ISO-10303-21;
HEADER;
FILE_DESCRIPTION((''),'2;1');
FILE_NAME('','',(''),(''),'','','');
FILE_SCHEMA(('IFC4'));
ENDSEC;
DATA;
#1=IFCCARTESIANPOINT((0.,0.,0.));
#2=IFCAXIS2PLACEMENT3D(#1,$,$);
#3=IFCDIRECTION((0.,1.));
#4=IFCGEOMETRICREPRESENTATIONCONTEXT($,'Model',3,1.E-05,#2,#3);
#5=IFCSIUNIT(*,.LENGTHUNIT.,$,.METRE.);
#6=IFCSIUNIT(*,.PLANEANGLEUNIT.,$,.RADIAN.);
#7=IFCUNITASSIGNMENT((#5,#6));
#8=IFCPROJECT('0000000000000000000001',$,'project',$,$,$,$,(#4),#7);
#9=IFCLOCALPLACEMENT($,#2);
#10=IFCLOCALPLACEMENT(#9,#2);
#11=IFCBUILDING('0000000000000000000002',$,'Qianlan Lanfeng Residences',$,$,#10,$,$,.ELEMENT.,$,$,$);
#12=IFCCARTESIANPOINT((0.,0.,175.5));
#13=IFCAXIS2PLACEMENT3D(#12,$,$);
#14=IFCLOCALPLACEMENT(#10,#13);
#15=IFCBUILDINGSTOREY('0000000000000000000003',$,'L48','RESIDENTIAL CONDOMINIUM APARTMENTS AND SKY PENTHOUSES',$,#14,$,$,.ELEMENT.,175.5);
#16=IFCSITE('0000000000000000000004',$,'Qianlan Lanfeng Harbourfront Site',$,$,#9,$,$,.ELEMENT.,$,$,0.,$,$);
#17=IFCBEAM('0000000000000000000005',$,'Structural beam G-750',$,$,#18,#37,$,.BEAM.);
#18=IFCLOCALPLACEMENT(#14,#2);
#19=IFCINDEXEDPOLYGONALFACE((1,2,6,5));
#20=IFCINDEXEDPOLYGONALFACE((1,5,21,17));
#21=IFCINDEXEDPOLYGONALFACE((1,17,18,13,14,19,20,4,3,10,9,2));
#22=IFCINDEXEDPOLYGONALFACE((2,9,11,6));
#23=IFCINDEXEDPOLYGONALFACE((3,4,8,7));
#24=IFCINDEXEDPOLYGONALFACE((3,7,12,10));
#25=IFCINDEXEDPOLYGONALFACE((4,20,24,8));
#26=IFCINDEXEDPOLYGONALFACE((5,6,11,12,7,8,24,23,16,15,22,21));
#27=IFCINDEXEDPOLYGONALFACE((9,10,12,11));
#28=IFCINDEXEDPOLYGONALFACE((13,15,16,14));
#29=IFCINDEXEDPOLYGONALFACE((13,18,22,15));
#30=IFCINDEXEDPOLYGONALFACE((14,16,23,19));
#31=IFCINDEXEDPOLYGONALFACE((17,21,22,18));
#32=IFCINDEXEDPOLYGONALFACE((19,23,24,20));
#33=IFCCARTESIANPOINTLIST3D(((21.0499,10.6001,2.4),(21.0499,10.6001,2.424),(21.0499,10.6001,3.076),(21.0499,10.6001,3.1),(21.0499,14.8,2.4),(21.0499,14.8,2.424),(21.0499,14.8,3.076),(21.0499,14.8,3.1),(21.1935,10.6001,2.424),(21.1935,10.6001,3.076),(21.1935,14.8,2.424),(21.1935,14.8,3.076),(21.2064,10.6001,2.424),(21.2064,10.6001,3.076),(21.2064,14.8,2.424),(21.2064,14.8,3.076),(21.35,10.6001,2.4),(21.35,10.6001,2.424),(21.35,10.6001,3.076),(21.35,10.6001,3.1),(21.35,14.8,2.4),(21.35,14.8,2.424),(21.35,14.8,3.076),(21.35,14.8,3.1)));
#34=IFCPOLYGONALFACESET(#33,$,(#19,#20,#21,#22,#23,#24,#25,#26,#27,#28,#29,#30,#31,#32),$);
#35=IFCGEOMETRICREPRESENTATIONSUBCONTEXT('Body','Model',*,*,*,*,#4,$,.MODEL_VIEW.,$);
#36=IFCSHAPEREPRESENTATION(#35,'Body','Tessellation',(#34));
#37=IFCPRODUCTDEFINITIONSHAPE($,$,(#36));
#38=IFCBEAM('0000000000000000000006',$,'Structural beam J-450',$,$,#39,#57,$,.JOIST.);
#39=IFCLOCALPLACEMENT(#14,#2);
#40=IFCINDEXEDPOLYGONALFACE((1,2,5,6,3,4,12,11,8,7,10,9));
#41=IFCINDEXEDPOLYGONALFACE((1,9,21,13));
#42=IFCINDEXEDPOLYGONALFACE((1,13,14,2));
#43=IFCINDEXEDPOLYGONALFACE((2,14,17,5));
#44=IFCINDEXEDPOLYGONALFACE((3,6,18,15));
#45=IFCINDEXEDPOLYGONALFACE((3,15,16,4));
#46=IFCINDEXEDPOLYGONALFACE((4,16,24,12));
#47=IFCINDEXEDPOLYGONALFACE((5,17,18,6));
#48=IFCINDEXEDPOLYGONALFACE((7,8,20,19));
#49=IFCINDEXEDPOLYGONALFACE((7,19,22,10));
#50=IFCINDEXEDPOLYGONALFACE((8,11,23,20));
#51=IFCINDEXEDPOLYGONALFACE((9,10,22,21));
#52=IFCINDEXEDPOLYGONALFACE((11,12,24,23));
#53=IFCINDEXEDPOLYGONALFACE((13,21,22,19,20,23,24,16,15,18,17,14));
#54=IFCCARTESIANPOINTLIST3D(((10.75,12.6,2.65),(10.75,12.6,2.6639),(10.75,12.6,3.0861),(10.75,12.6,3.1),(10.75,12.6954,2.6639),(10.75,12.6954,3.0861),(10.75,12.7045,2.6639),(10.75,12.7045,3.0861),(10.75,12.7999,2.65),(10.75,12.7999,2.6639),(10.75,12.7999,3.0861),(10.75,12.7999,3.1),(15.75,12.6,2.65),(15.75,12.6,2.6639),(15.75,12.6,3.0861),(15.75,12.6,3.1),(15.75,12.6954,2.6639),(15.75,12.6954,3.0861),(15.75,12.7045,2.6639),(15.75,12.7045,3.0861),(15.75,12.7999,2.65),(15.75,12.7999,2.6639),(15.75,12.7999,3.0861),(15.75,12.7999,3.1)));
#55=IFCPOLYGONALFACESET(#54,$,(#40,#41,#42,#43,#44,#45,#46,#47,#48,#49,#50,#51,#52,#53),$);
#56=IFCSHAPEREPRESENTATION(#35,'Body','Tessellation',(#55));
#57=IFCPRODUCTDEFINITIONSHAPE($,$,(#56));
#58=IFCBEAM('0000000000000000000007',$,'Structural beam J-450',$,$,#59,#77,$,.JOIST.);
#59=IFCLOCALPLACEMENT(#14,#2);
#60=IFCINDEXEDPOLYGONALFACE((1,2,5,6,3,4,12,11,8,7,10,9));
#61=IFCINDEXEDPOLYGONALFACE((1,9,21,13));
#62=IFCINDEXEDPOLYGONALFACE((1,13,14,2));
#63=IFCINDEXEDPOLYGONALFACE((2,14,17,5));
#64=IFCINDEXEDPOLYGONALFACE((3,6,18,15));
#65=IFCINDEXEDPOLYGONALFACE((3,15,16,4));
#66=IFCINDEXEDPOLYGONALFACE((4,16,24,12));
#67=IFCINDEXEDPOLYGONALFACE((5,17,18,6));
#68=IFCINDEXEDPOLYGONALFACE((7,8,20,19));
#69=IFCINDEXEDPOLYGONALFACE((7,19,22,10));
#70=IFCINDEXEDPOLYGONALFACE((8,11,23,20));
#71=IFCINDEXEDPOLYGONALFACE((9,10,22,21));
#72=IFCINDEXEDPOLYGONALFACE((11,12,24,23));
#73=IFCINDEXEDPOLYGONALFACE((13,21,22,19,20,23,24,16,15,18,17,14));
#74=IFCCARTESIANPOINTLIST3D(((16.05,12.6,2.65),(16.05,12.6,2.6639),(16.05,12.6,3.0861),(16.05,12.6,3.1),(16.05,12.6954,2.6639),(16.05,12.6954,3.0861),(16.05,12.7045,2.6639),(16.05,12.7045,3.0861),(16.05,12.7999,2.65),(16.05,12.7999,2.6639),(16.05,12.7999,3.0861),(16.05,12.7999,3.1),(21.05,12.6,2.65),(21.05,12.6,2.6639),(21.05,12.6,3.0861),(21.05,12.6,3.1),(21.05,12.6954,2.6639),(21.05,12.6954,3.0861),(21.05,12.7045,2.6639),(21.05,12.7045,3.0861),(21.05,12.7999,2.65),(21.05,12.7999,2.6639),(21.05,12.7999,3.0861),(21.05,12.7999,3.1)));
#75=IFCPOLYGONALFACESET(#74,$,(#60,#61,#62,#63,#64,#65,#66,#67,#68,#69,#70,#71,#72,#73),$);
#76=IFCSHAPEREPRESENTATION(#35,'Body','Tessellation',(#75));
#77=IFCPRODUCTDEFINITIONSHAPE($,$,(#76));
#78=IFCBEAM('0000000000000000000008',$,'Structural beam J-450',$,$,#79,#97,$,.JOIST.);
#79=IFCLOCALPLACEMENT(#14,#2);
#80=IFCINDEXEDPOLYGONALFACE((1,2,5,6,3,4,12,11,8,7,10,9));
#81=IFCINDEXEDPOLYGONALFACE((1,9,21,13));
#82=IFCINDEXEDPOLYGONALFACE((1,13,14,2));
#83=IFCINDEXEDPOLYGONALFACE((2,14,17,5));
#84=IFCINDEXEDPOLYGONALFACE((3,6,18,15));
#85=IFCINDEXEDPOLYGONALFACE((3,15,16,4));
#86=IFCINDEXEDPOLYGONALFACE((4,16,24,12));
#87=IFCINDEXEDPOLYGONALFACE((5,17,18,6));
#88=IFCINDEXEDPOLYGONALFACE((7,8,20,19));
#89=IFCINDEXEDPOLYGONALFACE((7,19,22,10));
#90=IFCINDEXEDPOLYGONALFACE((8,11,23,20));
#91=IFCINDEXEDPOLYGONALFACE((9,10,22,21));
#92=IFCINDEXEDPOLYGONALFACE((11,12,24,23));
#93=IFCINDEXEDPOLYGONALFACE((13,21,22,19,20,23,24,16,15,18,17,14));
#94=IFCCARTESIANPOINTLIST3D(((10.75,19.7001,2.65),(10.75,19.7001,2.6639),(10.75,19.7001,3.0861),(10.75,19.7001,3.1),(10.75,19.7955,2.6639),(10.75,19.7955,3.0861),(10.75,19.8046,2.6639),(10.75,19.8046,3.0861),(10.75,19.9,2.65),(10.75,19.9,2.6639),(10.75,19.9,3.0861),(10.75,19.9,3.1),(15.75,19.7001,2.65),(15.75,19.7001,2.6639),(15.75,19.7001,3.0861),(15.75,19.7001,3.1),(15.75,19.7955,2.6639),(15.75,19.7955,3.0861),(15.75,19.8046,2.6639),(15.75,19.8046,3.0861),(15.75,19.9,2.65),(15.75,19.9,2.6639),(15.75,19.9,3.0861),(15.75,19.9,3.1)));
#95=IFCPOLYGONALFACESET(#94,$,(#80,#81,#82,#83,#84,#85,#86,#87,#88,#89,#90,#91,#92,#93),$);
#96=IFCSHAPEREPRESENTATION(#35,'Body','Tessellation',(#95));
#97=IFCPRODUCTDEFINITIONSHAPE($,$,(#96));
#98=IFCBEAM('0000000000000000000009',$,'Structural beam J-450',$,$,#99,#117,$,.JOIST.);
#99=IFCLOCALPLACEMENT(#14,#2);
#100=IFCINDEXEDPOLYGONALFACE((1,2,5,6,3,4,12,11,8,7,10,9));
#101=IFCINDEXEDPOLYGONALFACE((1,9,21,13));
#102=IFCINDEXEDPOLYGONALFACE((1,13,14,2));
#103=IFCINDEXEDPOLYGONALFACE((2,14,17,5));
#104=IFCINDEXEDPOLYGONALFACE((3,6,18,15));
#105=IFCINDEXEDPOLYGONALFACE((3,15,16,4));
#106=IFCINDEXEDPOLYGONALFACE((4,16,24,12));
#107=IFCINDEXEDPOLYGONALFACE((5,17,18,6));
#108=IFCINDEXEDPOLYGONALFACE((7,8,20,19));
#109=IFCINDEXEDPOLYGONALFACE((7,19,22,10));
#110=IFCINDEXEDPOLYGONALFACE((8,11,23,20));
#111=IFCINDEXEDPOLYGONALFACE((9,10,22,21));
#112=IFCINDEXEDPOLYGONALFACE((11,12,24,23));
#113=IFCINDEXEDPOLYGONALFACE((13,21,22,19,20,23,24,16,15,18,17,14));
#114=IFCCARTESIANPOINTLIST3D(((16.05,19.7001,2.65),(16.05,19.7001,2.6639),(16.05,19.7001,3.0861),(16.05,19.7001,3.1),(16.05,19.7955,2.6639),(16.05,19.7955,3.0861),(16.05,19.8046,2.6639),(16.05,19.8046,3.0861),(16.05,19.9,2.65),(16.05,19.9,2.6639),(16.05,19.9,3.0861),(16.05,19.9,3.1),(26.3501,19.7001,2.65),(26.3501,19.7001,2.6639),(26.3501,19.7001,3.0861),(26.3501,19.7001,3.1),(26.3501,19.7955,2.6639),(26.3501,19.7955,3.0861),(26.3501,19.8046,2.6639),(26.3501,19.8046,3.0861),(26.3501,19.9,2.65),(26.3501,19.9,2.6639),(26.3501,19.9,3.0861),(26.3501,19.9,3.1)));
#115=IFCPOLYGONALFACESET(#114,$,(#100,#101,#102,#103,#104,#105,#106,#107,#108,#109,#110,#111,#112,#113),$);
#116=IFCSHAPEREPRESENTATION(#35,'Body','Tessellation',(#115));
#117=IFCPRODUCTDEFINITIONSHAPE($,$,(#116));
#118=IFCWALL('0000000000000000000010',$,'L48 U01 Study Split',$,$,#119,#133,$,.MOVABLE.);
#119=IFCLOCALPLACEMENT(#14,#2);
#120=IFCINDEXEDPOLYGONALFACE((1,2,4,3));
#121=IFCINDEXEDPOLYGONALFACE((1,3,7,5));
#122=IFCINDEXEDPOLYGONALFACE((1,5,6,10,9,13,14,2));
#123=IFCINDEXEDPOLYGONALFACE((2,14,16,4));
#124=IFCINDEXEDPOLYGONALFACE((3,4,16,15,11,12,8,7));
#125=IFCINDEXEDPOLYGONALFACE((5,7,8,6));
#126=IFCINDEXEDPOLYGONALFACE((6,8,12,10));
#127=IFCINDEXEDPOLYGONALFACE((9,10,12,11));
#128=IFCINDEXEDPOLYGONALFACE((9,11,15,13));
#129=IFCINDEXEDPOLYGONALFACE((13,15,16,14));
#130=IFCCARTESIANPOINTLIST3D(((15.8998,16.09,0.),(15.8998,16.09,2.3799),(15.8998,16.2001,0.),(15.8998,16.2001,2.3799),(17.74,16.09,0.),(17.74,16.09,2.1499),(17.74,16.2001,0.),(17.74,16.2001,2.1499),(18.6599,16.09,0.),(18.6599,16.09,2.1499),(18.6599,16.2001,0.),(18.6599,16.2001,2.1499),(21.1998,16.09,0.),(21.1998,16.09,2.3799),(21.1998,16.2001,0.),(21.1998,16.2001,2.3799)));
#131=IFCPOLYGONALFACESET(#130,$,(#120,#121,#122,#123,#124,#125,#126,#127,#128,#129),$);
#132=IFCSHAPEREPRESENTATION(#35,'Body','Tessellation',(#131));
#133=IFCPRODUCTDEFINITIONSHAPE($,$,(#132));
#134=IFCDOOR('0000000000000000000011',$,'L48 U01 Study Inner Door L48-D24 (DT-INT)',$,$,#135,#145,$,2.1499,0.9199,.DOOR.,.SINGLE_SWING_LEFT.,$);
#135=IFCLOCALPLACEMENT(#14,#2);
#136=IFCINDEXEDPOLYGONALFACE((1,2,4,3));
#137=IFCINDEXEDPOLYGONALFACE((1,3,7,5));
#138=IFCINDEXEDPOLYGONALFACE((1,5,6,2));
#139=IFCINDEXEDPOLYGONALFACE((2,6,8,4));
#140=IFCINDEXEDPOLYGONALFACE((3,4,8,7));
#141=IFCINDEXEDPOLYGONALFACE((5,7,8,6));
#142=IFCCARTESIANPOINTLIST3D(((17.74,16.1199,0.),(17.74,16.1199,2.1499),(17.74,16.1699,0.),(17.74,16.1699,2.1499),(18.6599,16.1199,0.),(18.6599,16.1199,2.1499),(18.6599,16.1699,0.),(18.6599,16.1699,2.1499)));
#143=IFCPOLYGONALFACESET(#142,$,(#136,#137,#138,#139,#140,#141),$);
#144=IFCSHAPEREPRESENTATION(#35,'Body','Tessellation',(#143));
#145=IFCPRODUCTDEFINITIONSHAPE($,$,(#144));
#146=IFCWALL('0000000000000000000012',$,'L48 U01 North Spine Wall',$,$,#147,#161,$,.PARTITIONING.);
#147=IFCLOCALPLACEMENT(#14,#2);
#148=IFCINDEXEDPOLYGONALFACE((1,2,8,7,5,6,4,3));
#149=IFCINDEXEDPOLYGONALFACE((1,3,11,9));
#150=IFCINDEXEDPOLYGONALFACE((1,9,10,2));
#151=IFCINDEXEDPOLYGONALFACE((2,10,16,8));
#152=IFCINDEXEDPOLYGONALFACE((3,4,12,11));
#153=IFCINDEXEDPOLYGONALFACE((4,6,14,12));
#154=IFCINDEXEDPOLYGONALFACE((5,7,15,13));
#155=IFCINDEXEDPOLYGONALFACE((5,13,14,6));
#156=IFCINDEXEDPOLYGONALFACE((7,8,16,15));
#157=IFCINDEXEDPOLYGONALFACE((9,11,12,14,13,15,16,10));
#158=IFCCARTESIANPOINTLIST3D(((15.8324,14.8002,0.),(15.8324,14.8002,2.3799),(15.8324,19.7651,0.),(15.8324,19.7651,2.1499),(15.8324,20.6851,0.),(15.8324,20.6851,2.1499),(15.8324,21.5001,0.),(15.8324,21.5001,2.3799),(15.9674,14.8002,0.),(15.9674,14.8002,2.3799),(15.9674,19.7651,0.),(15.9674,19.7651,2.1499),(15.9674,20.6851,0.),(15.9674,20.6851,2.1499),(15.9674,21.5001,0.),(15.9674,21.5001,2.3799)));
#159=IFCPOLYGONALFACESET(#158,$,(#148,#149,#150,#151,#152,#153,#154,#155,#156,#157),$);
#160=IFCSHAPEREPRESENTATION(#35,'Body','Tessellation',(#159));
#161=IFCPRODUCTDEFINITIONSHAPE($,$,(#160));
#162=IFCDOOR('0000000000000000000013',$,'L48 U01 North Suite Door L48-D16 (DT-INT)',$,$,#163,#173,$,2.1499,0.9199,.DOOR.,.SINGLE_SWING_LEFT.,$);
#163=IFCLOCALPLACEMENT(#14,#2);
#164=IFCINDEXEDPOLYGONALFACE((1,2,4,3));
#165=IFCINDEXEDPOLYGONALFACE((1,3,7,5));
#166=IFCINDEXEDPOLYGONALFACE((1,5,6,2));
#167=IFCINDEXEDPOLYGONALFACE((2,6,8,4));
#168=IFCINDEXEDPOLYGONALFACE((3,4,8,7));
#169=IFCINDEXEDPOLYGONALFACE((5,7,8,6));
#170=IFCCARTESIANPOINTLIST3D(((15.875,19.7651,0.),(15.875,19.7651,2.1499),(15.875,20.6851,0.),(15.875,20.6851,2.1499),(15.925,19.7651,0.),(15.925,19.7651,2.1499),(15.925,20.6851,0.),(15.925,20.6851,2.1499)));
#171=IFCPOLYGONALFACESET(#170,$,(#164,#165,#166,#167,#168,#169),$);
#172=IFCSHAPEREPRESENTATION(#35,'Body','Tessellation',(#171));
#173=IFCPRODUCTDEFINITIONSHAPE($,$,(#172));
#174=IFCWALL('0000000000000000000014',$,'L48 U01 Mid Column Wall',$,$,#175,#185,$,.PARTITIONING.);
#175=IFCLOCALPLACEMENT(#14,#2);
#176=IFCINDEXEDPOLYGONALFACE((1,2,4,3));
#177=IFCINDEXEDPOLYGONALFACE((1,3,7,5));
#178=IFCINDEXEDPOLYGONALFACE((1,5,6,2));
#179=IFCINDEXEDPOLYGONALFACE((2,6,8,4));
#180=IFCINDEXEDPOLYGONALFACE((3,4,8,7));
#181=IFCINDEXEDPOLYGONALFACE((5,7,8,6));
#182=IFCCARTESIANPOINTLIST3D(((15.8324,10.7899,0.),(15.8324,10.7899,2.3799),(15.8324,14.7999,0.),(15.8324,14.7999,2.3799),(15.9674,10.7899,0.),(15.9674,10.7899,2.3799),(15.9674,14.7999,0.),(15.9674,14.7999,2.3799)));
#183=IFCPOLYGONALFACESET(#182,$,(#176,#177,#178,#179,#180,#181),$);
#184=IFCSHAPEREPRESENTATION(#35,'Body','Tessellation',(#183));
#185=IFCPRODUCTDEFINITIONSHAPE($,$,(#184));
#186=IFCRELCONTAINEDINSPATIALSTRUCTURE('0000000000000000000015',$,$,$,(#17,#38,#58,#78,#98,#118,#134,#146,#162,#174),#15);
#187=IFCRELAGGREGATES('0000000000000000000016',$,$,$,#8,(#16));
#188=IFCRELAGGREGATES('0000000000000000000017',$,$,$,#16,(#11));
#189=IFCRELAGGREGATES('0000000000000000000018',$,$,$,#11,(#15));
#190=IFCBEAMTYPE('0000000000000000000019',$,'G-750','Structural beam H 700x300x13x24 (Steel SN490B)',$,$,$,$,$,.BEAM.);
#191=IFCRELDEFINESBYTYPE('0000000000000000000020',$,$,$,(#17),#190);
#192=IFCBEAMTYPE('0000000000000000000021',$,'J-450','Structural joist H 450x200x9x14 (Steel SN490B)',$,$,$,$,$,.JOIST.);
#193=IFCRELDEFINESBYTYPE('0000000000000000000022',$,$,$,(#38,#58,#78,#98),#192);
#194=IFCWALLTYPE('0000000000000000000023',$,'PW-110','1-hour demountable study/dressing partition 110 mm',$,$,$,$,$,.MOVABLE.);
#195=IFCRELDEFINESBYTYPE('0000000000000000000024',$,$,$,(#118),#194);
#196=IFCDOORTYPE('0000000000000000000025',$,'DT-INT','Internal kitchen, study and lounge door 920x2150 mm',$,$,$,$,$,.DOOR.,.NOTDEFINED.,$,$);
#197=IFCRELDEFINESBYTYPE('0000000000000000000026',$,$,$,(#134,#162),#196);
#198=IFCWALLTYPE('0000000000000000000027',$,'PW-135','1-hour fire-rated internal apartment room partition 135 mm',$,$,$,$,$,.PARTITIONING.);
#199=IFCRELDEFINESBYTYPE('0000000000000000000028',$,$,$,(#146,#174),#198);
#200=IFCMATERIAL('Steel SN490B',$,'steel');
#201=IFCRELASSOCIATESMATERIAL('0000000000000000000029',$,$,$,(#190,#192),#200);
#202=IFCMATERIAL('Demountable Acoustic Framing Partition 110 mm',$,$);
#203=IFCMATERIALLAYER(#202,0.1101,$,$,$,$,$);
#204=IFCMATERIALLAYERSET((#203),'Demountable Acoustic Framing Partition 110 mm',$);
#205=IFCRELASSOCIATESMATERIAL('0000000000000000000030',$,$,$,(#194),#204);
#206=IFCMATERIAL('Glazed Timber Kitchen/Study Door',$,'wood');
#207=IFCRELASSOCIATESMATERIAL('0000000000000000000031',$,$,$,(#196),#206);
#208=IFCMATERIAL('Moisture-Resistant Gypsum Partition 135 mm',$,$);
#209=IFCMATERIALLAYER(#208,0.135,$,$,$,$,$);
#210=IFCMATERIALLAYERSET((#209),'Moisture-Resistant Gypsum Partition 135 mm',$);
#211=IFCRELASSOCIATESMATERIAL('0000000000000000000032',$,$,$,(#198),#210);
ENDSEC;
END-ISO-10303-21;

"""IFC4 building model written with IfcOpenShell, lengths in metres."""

from ifc_helpers import new_model, si_unit, direction, frame, frame_2d, origin, origin_2d, place, context, subcontext, project, spatial, rectangle, i_section, extrude, material, layer, layer_set, material_profile, profile_set, type_object, element, fill, save


model = new_model("IFC4")

# Units and contexts
model_context = context("Model", 3, precision=1e-05, world=origin(), true_north=direction((0.0, 1.0)))
body_context = subcontext(model_context, "Body", "Model", "MODEL_VIEW")
ifc_project = project(units=[si_unit("LENGTHUNIT", "METRE"), si_unit("PLANEANGLEUNIT", "RADIAN")], contexts=[model_context])

# Site, building, storey
site_placement = place(None, origin())
site = spatial("IfcSite", under=ifc_project, at=site_placement, Name="Qianlan Lanfeng Harbourfront Site", CompositionType="ELEMENT", RefElevation=0.0)
building_placement = place(site_placement, origin())
building = spatial("IfcBuilding", under=site, at=building_placement, Name="Qianlan Lanfeng Residences", CompositionType="ELEMENT")
storey_placement = place(building_placement, frame((0.0, 0.0, 175.5)))
storey = spatial("IfcBuildingStorey", under=building, at=storey_placement, Name="L48", Description="RESIDENTIAL CONDOMINIUM APARTMENTS AND SKY PENTHOUSES", CompositionType="ELEMENT", Elevation=175.5)

# Shared definitions
ifc_material_1 = material(Name="Steel SN490B", Category="steel")

# Beams
ifc_material_profile_1 = material_profile(ifc_material_1, i_section(OverallWidth=0.3, OverallDepth=0.7, WebThickness=0.0129, FlangeThickness=0.0239, at=origin_2d()), Name="H 700x300x13x24")
ifc_profile_set_1 = profile_set([ifc_material_profile_1], Name="Steel SN490B")
beam_type_1 = type_object("IfcBeamType", Name="G-750", Description="Structural beam H 700x300x13x24 (Steel SN490B)", PredefinedType="BEAM", material=ifc_profile_set_1)
beam_1_placement = place(storey_placement, frame((21.2, 10.6001, 2.75), z_axis=(0.0, 1.0, 0.0), x_axis=(-1.0, 0.0, 0.0)))
element("IfcBeam", 1, at=beam_1_placement, inside=storey, type_object=beam_type_1, Name="Structural beam G-750", PredefinedType="BEAM", context=body_context, shape_type="SweptSolid", body=[
    extrude(i_section(OverallWidth=0.3, OverallDepth=0.7, WebThickness=0.0129, FlangeThickness=0.0239, at=origin_2d()), origin(), (0.0, 0.0, 1.0), 4.2),
])
ifc_material_profile_2 = material_profile(ifc_material_1, i_section(OverallWidth=0.2, OverallDepth=0.45, WebThickness=0.009, FlangeThickness=0.0139, at=origin_2d()), Name="H 450x200x9x14")
ifc_profile_set_2 = profile_set([ifc_material_profile_2], Name="Steel SN490B")
beam_type_2 = type_object("IfcBeamType", Name="J-450", Description="Structural joist H 450x200x9x14 (Steel SN490B)", PredefinedType="JOIST", material=ifc_profile_set_2)
for number, where, z_axis, x_axis, name in (
    (2, (10.75, 12.7, 2.875), (1.0, 0.0, 0.0), (0.0, 1.0, 0.0), "Structural beam J-450"),
    (3, (16.05, 12.7, 2.875), (1.0, 0.0, 0.0), (0.0, 1.0, 0.0), "Structural beam J-450"),
    (4, (10.75, 19.8, 2.875), (1.0, 0.0, 0.0), (0.0, 1.0, 0.0), "Structural beam J-450"),
):
    element("IfcBeam", number, at=place(storey_placement, frame(where, z_axis=z_axis, x_axis=x_axis)), inside=storey, type_object=beam_type_2, Name=name, PredefinedType="JOIST", context=body_context, shape_type="SweptSolid", body=[
        extrude(i_section(OverallWidth=0.2, OverallDepth=0.45, WebThickness=0.009, FlangeThickness=0.0139, at=origin_2d()), origin(), (0.0, 0.0, 1.0), 5.0),
    ])
beam_2_placement = place(storey_placement, frame((16.05, 19.8, 2.875), z_axis=(1.0, 0.0, 0.0), x_axis=(0.0, 1.0, 0.0)))
element("IfcBeam", 5, at=beam_2_placement, inside=storey, type_object=beam_type_2, Name="Structural beam J-450", PredefinedType="JOIST", context=body_context, shape_type="SweptSolid", body=[
    extrude(i_section(OverallWidth=0.2, OverallDepth=0.45, WebThickness=0.009, FlangeThickness=0.0139, at=origin_2d()), origin(), (0.0, 0.0, 1.0), 10.3),
])

# Walls, openings, doors
ifc_material_2 = material(Name="Demountable Acoustic Framing Partition 110 mm")
ifc_layer_1 = layer(ifc_material_2, 0.1101)
ifc_layer_set_1 = layer_set([ifc_layer_1], Name="Demountable Acoustic Framing Partition 110 mm")
wall_type_1 = type_object("IfcWallType", Name="PW-110", Description="1-hour demountable study/dressing partition 110 mm", PredefinedType="MOVABLE", material=ifc_layer_set_1)
wall_1_placement = place(storey_placement, frame((15.8999, 16.145, 0.0), z_axis=(0.0, 0.0, 1.0), x_axis=(1.0, 0.0, 0.0)))
wall_1 = element("IfcWall", 6, at=wall_1_placement, inside=storey, type_object=wall_type_1, Name="L48 U01 Study Split", PredefinedType="MOVABLE", context=body_context, shape_type="SweptSolid", body=[
    extrude(rectangle(XDim=5.3, YDim=0.1101, at=frame_2d((2.6499, 0.0))), origin(), (0.0, 0.0, 1.0), 2.3799),
])
opening_1_placement = place(wall_1_placement, frame((1.8401, 0.0, 0.0)))
opening_1 = element("IfcOpeningElement", 7, at=opening_1_placement, cuts=wall_1, PredefinedType="OPENING", context=body_context, shape_type="SweptSolid", body=[
    extrude(rectangle(XDim=0.9199, YDim=2.1499, at=frame_2d((0.46, 1.075))), frame((0.0, 0.0649, 0.0), z_axis=(0.0, -1.0, 0.0), x_axis=(1.0, 0.0, 0.0)), (0.0, 0.0, 1.0), 0.1301),
])
ifc_material_3 = material(Name="Glazed Timber Kitchen/Study Door", Category="wood")
door_type_1 = type_object("IfcDoorType", Name="DT-INT", Description="Internal kitchen, study and lounge door 920x2150 mm", OperationType="NOTDEFINED", PredefinedType="DOOR", material=ifc_material_3)
door_1_placement = place(opening_1_placement, origin())
door_1 = element("IfcDoor", 8, at=door_1_placement, inside=storey, type_object=door_type_1, Name="L48 U01 Study Inner Door L48-D24 (DT-INT)", OperationType="SINGLE_SWING_LEFT", OverallHeight=2.1499, OverallWidth=0.9199, PredefinedType="DOOR", context=body_context, shape_type="SweptSolid", body=[
    extrude(rectangle(XDim=0.9199, YDim=2.1499, at=frame_2d((0.46, 1.075))), frame((0.0, 0.0249, 0.0), z_axis=(0.0, -1.0, 0.0), x_axis=(1.0, 0.0, 0.0)), (0.0, 0.0, 1.0), 0.05),
])
fill(opening_1, door_1)
ifc_material_4 = material(Name="Moisture-Resistant Gypsum Partition 135 mm")
ifc_layer_2 = layer(ifc_material_4, 0.135)
ifc_layer_set_2 = layer_set([ifc_layer_2], Name="Moisture-Resistant Gypsum Partition 135 mm")
wall_type_2 = type_object("IfcWallType", Name="PW-135", Description="1-hour fire-rated internal apartment room partition 135 mm", PredefinedType="PARTITIONING", material=ifc_layer_set_2)
wall_2_placement = place(storey_placement, frame((15.8999, 14.8, 0.0), z_axis=(0.0, 0.0, 1.0), x_axis=(0.0, 1.0, 0.0)))
wall_2 = element("IfcWall", 9, at=wall_2_placement, inside=storey, type_object=wall_type_2, Name="L48 U01 North Spine Wall", PredefinedType="PARTITIONING", context=body_context, shape_type="SweptSolid", body=[
    extrude(rectangle(XDim=6.7, YDim=0.135, at=frame_2d((3.3501, 0.0))), origin(), (0.0, 0.0, 1.0), 2.3799),
])
opening_2_placement = place(wall_2_placement, frame((4.9651, 0.0, 0.0)))
opening_2 = element("IfcOpeningElement", 10, at=opening_2_placement, cuts=wall_2, PredefinedType="OPENING", context=body_context, shape_type="SweptSolid", body=[
    extrude(rectangle(XDim=0.9199, YDim=2.1499, at=frame_2d((0.46, 1.075))), frame((0.0, 0.0776, 0.0), z_axis=(0.0, -1.0, 0.0), x_axis=(1.0, 0.0, 0.0)), (0.0, 0.0, 1.0), 0.155),
])
door_2_placement = place(opening_2_placement, origin())
door_2 = element("IfcDoor", 11, at=door_2_placement, inside=storey, type_object=door_type_1, Name="L48 U01 North Suite Door L48-D16 (DT-INT)", OperationType="SINGLE_SWING_LEFT", OverallHeight=2.1499, OverallWidth=0.9199, PredefinedType="DOOR", context=body_context, shape_type="SweptSolid", body=[
    extrude(rectangle(XDim=0.9199, YDim=2.1499, at=frame_2d((0.46, 1.075))), frame((0.0, 0.0249, 0.0), z_axis=(0.0, -1.0, 0.0), x_axis=(1.0, 0.0, 0.0)), (0.0, 0.0, 1.0), 0.05),
])
fill(opening_2, door_2)

# Wall
wall_3_placement = place(storey_placement, frame((15.8999, 10.79, 0.0), z_axis=(0.0, 0.0, 1.0), x_axis=(0.0, 1.0, 0.0)))
element("IfcWall", 12, at=wall_3_placement, inside=storey, type_object=wall_type_2, Name="L48 U01 Mid Column Wall", PredefinedType="PARTITIONING", context=body_context, shape_type="SweptSolid", body=[
    extrude(rectangle(XDim=4.01, YDim=0.135, at=frame_2d((2.0049, 0.0))), origin(), (0.0, 0.0, 1.0), 2.3799),
])

save(model, "model.ifc")
